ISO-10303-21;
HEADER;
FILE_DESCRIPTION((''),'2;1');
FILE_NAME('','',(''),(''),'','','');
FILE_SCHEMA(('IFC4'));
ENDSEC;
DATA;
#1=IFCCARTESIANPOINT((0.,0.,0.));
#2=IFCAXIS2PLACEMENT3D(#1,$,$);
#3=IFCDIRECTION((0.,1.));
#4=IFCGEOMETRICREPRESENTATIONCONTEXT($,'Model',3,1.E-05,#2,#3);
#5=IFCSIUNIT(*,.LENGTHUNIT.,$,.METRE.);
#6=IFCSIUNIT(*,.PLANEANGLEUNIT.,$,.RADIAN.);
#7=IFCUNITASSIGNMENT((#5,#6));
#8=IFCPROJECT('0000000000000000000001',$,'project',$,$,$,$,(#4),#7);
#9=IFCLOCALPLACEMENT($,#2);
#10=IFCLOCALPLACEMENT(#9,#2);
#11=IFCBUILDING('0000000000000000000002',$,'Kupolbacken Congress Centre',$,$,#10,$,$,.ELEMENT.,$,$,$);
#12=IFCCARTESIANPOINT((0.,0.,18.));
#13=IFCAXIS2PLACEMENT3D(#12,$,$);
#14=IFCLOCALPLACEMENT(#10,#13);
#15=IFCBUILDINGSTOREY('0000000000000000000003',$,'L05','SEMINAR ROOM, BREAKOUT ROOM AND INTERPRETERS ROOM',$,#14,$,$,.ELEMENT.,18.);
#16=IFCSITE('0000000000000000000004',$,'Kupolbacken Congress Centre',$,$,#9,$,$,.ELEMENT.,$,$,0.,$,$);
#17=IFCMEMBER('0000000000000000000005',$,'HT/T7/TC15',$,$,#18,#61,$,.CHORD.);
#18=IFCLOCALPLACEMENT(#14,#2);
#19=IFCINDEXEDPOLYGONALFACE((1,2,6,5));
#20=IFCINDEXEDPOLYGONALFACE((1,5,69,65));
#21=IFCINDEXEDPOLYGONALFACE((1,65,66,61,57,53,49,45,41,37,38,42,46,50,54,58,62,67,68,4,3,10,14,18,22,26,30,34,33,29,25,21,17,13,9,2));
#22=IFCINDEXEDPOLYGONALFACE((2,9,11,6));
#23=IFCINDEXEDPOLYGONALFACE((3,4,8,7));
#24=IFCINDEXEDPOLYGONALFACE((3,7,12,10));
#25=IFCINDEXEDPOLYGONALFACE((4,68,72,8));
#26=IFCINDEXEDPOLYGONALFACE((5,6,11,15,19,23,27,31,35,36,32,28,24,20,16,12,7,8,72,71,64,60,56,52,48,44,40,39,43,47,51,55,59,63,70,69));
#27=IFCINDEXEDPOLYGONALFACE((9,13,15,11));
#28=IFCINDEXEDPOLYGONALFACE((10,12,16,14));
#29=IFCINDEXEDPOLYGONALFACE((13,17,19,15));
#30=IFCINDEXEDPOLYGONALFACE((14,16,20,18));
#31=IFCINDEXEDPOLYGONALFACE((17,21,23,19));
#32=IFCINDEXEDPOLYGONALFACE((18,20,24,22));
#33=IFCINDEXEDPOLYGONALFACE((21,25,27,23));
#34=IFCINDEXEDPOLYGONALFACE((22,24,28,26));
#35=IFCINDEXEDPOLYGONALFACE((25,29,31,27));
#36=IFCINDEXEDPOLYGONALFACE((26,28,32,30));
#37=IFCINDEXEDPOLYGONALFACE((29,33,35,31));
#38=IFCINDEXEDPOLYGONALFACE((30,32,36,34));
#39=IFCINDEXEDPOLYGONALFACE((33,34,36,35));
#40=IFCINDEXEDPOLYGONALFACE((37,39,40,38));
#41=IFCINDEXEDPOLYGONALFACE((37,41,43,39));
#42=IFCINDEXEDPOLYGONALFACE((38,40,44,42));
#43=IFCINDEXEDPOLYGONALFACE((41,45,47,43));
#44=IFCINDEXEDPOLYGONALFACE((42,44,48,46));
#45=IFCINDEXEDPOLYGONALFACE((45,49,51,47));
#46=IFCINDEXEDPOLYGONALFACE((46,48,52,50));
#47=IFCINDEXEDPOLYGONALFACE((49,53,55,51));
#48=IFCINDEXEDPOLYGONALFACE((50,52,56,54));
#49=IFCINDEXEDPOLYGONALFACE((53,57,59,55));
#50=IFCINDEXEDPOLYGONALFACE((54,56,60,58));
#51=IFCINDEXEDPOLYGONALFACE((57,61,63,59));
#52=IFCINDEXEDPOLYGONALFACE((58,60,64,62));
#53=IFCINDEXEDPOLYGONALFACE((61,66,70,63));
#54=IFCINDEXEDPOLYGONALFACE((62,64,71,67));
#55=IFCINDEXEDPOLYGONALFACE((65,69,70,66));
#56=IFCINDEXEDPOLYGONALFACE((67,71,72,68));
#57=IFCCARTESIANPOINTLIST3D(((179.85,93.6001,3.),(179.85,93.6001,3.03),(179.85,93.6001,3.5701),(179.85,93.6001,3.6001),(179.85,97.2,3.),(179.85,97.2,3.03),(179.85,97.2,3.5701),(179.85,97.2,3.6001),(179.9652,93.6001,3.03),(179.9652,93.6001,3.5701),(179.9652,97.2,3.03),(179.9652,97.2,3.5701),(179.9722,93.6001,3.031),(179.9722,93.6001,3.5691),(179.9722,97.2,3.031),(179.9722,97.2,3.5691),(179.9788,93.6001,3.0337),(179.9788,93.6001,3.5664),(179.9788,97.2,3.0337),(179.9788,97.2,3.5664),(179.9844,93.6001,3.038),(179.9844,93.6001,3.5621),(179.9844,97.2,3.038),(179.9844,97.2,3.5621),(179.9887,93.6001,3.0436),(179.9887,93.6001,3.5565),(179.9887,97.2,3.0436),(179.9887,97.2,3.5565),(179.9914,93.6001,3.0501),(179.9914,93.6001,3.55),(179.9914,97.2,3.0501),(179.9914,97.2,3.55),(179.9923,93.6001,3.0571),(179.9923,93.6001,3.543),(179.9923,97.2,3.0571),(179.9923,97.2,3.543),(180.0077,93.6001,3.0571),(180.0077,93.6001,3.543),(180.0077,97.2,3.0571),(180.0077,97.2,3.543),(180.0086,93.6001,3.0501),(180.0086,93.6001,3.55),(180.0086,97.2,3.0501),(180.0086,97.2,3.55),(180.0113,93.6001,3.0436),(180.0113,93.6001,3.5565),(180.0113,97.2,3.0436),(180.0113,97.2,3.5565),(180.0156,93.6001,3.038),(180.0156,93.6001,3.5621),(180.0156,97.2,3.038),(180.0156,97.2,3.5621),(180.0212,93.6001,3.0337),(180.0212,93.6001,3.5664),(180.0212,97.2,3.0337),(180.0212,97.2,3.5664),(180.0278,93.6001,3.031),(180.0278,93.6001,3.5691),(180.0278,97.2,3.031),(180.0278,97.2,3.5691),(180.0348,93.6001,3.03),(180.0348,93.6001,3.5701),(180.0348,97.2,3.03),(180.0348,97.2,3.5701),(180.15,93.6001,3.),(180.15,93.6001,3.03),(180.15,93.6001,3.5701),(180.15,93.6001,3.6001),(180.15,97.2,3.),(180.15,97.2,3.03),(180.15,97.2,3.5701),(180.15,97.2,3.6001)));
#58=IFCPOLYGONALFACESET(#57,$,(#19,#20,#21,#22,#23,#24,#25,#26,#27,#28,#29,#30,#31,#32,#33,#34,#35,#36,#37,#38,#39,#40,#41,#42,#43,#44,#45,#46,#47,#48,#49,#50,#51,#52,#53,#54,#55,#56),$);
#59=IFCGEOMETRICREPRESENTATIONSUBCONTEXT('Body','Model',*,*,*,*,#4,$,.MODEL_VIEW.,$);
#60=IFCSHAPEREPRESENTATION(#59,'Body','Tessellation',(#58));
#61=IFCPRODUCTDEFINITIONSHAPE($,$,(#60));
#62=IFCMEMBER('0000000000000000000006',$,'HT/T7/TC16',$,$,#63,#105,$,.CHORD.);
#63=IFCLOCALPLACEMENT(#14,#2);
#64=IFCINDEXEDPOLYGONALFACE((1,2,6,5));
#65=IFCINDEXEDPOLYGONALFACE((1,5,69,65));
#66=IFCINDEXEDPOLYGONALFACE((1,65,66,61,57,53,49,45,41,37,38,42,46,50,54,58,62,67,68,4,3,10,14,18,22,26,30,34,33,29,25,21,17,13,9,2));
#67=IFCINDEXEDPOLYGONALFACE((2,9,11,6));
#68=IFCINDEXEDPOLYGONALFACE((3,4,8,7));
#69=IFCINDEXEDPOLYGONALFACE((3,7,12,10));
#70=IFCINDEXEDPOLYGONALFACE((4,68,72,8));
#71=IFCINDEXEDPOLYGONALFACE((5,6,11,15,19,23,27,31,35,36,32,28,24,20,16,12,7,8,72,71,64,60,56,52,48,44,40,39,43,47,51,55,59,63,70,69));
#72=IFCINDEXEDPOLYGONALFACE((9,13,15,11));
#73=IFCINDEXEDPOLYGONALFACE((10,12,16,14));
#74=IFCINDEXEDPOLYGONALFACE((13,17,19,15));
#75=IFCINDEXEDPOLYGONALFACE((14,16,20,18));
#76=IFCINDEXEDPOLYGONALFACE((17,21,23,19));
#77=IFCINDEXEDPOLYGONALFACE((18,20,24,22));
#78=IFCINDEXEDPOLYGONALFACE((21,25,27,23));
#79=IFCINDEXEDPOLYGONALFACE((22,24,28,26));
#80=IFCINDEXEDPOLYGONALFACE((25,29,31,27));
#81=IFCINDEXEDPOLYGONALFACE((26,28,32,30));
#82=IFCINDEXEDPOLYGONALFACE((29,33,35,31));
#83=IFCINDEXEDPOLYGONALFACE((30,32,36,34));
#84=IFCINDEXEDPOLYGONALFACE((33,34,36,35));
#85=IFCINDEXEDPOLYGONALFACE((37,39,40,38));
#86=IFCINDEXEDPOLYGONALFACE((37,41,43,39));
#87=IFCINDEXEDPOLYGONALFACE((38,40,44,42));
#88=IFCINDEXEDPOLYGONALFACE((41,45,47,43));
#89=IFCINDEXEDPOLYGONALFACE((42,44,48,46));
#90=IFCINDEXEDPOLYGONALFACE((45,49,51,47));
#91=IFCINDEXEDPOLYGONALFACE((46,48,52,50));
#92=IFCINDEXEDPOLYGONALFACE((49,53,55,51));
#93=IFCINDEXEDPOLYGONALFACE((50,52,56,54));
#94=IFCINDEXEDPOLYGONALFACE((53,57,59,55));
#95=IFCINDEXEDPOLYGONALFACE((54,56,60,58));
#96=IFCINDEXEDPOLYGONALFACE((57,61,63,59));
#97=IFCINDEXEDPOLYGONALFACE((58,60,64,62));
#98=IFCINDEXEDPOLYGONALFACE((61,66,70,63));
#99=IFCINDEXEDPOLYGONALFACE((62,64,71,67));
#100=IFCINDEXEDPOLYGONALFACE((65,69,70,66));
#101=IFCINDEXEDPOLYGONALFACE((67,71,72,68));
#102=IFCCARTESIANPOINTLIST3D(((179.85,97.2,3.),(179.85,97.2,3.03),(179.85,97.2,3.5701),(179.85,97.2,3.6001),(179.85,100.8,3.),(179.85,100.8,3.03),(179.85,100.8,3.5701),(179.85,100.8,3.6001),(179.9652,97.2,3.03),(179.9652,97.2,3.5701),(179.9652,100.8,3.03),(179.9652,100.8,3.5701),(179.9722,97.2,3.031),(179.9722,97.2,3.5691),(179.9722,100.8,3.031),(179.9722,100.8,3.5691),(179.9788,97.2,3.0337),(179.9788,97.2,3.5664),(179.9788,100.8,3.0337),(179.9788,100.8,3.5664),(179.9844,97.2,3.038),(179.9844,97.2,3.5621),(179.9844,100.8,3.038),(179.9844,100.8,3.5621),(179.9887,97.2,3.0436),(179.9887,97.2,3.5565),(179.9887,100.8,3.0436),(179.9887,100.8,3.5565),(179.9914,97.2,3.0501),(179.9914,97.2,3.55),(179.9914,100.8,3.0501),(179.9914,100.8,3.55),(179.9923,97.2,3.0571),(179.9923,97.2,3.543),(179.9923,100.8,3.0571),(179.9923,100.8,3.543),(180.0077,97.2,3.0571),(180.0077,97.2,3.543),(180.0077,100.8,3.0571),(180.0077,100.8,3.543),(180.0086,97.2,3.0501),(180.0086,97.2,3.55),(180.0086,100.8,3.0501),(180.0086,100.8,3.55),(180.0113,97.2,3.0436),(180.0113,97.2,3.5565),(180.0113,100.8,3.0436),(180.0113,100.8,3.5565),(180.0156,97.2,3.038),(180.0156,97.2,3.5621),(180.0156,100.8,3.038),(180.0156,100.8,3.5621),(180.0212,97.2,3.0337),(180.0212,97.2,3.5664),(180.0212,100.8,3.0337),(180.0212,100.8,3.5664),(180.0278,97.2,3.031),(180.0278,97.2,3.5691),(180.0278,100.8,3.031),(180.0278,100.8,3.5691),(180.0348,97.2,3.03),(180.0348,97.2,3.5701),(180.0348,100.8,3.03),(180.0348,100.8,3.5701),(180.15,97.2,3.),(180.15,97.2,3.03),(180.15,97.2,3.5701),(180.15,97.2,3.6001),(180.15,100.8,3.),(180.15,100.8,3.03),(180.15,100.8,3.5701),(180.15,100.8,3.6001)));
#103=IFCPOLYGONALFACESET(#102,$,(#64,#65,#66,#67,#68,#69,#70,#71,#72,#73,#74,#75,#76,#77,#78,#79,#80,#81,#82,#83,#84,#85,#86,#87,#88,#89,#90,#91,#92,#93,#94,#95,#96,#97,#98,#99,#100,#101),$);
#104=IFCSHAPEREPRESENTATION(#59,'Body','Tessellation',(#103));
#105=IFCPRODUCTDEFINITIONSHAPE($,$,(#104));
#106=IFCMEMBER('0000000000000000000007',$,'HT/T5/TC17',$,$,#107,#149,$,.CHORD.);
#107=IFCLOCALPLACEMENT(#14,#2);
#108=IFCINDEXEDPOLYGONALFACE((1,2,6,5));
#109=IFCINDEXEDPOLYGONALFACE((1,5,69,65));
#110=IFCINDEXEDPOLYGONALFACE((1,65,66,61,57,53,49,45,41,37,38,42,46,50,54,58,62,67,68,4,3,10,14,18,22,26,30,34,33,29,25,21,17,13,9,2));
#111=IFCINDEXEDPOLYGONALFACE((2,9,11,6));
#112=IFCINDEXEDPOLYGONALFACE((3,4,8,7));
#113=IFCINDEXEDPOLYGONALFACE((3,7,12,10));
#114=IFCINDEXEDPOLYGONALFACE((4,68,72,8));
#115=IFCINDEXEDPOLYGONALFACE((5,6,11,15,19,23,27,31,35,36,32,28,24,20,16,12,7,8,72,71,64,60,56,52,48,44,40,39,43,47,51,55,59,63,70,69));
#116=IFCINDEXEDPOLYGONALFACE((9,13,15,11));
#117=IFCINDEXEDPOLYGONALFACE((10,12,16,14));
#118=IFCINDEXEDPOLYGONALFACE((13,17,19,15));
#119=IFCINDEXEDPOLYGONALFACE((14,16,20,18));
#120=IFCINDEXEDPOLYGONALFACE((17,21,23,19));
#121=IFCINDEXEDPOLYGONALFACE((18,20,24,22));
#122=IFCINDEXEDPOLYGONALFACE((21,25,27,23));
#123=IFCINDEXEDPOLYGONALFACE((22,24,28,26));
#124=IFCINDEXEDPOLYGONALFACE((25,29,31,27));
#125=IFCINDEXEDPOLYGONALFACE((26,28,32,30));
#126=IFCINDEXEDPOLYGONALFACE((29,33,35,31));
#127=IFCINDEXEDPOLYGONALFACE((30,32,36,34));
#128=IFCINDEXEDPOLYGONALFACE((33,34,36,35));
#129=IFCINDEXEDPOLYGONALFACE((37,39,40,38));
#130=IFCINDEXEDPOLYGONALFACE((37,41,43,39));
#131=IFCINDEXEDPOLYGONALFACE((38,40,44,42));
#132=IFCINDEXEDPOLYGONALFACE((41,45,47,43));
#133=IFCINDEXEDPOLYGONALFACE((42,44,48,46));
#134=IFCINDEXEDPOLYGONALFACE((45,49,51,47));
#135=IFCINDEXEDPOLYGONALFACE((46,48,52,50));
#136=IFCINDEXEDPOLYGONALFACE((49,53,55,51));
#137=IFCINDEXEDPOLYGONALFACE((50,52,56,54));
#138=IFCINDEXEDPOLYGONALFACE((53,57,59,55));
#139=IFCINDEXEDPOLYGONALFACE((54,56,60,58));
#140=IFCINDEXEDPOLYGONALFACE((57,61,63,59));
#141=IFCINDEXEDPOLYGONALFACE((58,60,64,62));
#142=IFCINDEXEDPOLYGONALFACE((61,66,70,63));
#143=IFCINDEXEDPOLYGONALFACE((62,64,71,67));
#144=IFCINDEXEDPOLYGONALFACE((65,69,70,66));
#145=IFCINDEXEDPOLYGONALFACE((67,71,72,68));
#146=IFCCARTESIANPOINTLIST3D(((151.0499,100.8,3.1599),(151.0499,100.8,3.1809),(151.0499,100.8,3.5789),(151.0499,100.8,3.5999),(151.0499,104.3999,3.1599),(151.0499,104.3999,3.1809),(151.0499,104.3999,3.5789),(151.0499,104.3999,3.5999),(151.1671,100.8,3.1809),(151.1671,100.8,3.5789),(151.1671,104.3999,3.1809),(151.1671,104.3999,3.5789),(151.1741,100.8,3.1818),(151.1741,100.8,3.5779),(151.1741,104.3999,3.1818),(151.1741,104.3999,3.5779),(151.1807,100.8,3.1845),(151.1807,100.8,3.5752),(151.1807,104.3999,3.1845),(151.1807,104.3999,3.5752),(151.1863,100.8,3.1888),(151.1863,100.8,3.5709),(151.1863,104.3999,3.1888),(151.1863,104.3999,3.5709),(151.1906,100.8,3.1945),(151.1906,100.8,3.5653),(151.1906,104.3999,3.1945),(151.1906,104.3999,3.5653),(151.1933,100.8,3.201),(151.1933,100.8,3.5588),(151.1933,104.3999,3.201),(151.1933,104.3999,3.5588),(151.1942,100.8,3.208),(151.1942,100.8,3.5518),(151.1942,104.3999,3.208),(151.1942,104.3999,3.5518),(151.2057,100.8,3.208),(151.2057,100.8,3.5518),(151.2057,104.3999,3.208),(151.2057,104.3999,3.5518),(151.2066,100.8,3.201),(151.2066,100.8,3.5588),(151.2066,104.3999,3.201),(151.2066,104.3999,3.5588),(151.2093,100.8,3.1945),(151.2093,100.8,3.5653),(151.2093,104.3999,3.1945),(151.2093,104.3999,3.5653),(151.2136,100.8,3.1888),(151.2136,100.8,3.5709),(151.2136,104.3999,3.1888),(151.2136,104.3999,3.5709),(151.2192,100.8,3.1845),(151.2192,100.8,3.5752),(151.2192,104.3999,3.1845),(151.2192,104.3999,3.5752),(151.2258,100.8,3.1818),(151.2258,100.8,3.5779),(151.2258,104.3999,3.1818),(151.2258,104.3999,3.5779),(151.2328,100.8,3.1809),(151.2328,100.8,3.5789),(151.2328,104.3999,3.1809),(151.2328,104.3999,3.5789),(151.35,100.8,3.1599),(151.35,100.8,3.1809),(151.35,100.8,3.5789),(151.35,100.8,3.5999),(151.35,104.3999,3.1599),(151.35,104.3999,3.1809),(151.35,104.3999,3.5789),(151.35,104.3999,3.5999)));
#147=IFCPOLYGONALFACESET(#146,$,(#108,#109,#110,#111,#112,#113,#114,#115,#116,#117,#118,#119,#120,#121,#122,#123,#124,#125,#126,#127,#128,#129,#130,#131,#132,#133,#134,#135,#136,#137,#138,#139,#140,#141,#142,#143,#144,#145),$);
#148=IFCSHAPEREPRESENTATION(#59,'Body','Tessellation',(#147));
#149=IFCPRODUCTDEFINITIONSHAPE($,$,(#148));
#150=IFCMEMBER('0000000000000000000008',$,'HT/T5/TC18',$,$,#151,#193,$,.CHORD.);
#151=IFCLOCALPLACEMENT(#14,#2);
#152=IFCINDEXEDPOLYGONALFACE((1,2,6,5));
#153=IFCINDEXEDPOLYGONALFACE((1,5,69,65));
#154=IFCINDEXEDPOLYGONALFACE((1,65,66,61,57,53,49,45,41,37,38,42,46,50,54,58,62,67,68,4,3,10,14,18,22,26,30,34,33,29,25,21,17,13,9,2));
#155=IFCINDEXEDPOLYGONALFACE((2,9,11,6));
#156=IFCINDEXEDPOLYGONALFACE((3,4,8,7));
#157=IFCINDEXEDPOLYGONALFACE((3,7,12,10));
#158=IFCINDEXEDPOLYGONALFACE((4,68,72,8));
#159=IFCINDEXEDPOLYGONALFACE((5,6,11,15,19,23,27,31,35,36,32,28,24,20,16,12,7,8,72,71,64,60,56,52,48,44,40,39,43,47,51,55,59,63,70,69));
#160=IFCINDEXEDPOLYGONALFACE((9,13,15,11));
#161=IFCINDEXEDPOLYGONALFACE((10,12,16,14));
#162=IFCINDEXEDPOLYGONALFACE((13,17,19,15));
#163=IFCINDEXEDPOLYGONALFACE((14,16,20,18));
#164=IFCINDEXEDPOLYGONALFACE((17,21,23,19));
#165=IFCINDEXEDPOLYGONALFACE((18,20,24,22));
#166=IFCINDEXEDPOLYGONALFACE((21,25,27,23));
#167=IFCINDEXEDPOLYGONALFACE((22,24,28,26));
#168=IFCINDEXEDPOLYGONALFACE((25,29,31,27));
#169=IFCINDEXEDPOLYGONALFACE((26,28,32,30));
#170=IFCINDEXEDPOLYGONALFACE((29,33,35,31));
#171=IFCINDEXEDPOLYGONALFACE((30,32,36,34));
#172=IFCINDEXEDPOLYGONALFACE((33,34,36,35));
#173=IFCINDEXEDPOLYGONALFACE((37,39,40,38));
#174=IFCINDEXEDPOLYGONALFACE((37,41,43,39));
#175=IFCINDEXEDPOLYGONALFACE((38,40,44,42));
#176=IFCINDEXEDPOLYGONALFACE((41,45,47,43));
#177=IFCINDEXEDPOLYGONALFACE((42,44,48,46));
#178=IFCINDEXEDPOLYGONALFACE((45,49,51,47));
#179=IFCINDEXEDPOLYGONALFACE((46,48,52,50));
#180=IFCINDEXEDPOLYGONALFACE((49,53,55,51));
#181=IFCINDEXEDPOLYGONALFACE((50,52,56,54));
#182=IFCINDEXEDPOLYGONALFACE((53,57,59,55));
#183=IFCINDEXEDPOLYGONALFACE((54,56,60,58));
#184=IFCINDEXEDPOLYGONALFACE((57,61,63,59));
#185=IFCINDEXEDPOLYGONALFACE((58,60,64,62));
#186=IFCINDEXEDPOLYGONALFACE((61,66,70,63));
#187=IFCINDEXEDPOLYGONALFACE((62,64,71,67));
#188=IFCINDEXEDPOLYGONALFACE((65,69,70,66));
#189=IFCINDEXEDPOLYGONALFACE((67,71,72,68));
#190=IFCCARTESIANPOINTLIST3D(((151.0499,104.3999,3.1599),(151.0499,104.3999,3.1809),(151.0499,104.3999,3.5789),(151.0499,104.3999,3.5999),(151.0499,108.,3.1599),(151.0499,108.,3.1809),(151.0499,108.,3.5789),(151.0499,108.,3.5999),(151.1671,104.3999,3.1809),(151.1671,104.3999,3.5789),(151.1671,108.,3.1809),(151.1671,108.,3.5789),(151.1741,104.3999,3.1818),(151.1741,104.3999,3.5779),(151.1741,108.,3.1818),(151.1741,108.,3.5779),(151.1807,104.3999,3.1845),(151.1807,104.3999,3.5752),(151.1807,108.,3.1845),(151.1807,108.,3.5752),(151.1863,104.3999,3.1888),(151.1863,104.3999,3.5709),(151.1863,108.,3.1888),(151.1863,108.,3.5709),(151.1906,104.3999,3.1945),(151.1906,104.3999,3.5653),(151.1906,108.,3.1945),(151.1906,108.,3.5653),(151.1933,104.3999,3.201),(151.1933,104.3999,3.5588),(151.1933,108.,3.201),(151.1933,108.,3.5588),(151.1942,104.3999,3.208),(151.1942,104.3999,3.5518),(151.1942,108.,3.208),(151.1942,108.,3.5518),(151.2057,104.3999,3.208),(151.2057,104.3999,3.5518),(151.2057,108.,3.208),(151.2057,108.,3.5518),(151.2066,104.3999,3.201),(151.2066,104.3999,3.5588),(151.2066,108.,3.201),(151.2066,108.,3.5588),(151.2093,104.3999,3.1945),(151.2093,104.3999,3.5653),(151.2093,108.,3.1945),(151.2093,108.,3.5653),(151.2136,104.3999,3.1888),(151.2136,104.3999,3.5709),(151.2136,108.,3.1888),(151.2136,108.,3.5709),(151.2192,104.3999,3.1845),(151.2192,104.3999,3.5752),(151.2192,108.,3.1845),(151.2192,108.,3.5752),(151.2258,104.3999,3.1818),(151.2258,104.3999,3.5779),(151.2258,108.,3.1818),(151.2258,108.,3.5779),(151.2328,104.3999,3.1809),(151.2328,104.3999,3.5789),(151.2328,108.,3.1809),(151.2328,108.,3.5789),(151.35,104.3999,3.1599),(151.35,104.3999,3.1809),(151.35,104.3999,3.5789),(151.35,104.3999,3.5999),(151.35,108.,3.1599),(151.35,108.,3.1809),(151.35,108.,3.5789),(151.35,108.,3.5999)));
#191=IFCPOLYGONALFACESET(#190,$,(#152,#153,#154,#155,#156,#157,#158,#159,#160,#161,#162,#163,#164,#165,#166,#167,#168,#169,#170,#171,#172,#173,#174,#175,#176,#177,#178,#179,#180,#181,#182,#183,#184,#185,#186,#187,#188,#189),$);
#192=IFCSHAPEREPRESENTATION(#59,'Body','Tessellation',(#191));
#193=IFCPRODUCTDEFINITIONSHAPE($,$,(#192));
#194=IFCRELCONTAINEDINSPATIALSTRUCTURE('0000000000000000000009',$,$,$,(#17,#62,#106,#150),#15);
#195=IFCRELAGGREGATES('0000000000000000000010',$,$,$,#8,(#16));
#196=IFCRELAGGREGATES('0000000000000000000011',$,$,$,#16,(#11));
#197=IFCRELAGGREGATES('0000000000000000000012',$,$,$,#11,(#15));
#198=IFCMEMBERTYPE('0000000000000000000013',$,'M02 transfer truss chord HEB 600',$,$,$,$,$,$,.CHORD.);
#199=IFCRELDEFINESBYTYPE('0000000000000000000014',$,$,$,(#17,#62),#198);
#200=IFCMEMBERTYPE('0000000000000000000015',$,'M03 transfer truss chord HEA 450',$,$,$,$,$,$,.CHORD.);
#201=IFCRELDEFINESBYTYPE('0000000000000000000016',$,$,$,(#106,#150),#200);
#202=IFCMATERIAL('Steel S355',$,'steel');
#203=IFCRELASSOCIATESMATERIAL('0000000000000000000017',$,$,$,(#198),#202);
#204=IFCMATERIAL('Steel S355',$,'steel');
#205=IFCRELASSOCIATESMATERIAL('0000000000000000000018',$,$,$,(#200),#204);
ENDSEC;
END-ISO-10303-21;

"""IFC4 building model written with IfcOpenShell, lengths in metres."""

from ifc_helpers import new_model, si_unit, direction, frame, origin, origin_2d, place, context, subcontext, project, spatial, i_section, extrude, material, material_profile, profile_set, type_object, element, save


model = new_model("IFC4")

# Units and contexts
model_context = context("Model", 3, precision=1e-05, world=origin(), true_north=direction((0.0, 1.0)))
body_context = subcontext(model_context, "Body", "Model", "MODEL_VIEW")
ifc_project = project(units=[si_unit("LENGTHUNIT", "METRE"), si_unit("PLANEANGLEUNIT", "RADIAN")], contexts=[model_context])

# Site, building, storey
site_placement = place(None, origin())
site = spatial("IfcSite", under=ifc_project, at=site_placement, Name="Kupolbacken Congress Centre", CompositionType="ELEMENT", RefElevation=0.0)
building_placement = place(site_placement, origin())
building = spatial("IfcBuilding", under=site, at=building_placement, Name="Kupolbacken Congress Centre", CompositionType="ELEMENT")
storey_placement = place(building_placement, frame((0.0, 0.0, 18.0)))
storey = spatial("IfcBuildingStorey", under=building, at=storey_placement, Name="L05", Description="SEMINAR ROOM, BREAKOUT ROOM AND INTERPRETERS ROOM", CompositionType="ELEMENT", Elevation=18.0)

# Members
ifc_material_1 = material(Name="Steel S355", Category="steel")
ifc_material_profile_1 = material_profile(ifc_material_1, i_section(OverallWidth=0.3, OverallDepth=0.6001, WebThickness=0.0154, FlangeThickness=0.03, FilletRadius=0.0271, at=origin_2d()), Name="HEB 600")
ifc_profile_set_1 = profile_set([ifc_material_profile_1], Name="Steel S355")
member_type_1 = type_object("IfcMemberType", Name="M02 transfer truss chord HEB 600", PredefinedType="CHORD", material=ifc_profile_set_1)
member_1_placement = place(storey_placement, frame((180.0, 93.6001, 3.3), z_axis=(0.0, 1.0, 0.0), x_axis=(-1.0, 0.0, 0.0)))
element("IfcMember", 1, at=member_1_placement, inside=storey, type_object=member_type_1, Name="HT/T7/TC15", PredefinedType="CHORD", context=body_context, shape_type="SweptSolid", body=[
    extrude(i_section(OverallWidth=0.3, OverallDepth=0.6001, WebThickness=0.0154, FlangeThickness=0.03, FilletRadius=0.0271, at=origin_2d()), origin(), (0.0, 0.0, 1.0), 3.5999),
])
member_2_placement = place(storey_placement, frame((180.0, 97.2, 3.3), z_axis=(0.0, 1.0, 0.0), x_axis=(-1.0, 0.0, 0.0)))
element("IfcMember", 2, at=member_2_placement, inside=storey, type_object=member_type_1, Name="HT/T7/TC16", PredefinedType="CHORD", context=body_context, shape_type="SweptSolid", body=[
    extrude(i_section(OverallWidth=0.3, OverallDepth=0.6001, WebThickness=0.0154, FlangeThickness=0.03, FilletRadius=0.0271, at=origin_2d()), origin(), (0.0, 0.0, 1.0), 3.6001),
])
ifc_material_2 = material(Name="Steel S355", Category="steel")
ifc_material_profile_2 = material_profile(ifc_material_2, i_section(OverallWidth=0.3, OverallDepth=0.4399, WebThickness=0.0115, FlangeThickness=0.021, FilletRadius=0.0271, at=origin_2d()), Name="HEA 450")
ifc_profile_set_2 = profile_set([ifc_material_profile_2], Name="Steel S355")
member_type_2 = type_object("IfcMemberType", Name="M03 transfer truss chord HEA 450", PredefinedType="CHORD", material=ifc_profile_set_2)
member_3_placement = place(storey_placement, frame((151.2, 100.8, 3.3799), z_axis=(0.0, 1.0, 0.0), x_axis=(-1.0, 0.0, 0.0)))
element("IfcMember", 3, at=member_3_placement, inside=storey, type_object=member_type_2, Name="HT/T5/TC17", PredefinedType="CHORD", context=body_context, shape_type="SweptSolid", body=[
    extrude(i_section(OverallWidth=0.3, OverallDepth=0.4399, WebThickness=0.0115, FlangeThickness=0.021, FilletRadius=0.0271, at=origin_2d()), origin(), (0.0, 0.0, 1.0), 3.5999),
])
member_4_placement = place(storey_placement, frame((151.2, 104.3999, 3.3799), z_axis=(0.0, 1.0, 0.0), x_axis=(-1.0, 0.0, 0.0)))
element("IfcMember", 4, at=member_4_placement, inside=storey, type_object=member_type_2, Name="HT/T5/TC18", PredefinedType="CHORD", context=body_context, shape_type="SweptSolid", body=[
    extrude(i_section(OverallWidth=0.3, OverallDepth=0.4399, WebThickness=0.0115, FlangeThickness=0.021, FilletRadius=0.0271, at=origin_2d()), origin(), (0.0, 0.0, 1.0), 3.6001),
])

save(model, "model.ifc")
